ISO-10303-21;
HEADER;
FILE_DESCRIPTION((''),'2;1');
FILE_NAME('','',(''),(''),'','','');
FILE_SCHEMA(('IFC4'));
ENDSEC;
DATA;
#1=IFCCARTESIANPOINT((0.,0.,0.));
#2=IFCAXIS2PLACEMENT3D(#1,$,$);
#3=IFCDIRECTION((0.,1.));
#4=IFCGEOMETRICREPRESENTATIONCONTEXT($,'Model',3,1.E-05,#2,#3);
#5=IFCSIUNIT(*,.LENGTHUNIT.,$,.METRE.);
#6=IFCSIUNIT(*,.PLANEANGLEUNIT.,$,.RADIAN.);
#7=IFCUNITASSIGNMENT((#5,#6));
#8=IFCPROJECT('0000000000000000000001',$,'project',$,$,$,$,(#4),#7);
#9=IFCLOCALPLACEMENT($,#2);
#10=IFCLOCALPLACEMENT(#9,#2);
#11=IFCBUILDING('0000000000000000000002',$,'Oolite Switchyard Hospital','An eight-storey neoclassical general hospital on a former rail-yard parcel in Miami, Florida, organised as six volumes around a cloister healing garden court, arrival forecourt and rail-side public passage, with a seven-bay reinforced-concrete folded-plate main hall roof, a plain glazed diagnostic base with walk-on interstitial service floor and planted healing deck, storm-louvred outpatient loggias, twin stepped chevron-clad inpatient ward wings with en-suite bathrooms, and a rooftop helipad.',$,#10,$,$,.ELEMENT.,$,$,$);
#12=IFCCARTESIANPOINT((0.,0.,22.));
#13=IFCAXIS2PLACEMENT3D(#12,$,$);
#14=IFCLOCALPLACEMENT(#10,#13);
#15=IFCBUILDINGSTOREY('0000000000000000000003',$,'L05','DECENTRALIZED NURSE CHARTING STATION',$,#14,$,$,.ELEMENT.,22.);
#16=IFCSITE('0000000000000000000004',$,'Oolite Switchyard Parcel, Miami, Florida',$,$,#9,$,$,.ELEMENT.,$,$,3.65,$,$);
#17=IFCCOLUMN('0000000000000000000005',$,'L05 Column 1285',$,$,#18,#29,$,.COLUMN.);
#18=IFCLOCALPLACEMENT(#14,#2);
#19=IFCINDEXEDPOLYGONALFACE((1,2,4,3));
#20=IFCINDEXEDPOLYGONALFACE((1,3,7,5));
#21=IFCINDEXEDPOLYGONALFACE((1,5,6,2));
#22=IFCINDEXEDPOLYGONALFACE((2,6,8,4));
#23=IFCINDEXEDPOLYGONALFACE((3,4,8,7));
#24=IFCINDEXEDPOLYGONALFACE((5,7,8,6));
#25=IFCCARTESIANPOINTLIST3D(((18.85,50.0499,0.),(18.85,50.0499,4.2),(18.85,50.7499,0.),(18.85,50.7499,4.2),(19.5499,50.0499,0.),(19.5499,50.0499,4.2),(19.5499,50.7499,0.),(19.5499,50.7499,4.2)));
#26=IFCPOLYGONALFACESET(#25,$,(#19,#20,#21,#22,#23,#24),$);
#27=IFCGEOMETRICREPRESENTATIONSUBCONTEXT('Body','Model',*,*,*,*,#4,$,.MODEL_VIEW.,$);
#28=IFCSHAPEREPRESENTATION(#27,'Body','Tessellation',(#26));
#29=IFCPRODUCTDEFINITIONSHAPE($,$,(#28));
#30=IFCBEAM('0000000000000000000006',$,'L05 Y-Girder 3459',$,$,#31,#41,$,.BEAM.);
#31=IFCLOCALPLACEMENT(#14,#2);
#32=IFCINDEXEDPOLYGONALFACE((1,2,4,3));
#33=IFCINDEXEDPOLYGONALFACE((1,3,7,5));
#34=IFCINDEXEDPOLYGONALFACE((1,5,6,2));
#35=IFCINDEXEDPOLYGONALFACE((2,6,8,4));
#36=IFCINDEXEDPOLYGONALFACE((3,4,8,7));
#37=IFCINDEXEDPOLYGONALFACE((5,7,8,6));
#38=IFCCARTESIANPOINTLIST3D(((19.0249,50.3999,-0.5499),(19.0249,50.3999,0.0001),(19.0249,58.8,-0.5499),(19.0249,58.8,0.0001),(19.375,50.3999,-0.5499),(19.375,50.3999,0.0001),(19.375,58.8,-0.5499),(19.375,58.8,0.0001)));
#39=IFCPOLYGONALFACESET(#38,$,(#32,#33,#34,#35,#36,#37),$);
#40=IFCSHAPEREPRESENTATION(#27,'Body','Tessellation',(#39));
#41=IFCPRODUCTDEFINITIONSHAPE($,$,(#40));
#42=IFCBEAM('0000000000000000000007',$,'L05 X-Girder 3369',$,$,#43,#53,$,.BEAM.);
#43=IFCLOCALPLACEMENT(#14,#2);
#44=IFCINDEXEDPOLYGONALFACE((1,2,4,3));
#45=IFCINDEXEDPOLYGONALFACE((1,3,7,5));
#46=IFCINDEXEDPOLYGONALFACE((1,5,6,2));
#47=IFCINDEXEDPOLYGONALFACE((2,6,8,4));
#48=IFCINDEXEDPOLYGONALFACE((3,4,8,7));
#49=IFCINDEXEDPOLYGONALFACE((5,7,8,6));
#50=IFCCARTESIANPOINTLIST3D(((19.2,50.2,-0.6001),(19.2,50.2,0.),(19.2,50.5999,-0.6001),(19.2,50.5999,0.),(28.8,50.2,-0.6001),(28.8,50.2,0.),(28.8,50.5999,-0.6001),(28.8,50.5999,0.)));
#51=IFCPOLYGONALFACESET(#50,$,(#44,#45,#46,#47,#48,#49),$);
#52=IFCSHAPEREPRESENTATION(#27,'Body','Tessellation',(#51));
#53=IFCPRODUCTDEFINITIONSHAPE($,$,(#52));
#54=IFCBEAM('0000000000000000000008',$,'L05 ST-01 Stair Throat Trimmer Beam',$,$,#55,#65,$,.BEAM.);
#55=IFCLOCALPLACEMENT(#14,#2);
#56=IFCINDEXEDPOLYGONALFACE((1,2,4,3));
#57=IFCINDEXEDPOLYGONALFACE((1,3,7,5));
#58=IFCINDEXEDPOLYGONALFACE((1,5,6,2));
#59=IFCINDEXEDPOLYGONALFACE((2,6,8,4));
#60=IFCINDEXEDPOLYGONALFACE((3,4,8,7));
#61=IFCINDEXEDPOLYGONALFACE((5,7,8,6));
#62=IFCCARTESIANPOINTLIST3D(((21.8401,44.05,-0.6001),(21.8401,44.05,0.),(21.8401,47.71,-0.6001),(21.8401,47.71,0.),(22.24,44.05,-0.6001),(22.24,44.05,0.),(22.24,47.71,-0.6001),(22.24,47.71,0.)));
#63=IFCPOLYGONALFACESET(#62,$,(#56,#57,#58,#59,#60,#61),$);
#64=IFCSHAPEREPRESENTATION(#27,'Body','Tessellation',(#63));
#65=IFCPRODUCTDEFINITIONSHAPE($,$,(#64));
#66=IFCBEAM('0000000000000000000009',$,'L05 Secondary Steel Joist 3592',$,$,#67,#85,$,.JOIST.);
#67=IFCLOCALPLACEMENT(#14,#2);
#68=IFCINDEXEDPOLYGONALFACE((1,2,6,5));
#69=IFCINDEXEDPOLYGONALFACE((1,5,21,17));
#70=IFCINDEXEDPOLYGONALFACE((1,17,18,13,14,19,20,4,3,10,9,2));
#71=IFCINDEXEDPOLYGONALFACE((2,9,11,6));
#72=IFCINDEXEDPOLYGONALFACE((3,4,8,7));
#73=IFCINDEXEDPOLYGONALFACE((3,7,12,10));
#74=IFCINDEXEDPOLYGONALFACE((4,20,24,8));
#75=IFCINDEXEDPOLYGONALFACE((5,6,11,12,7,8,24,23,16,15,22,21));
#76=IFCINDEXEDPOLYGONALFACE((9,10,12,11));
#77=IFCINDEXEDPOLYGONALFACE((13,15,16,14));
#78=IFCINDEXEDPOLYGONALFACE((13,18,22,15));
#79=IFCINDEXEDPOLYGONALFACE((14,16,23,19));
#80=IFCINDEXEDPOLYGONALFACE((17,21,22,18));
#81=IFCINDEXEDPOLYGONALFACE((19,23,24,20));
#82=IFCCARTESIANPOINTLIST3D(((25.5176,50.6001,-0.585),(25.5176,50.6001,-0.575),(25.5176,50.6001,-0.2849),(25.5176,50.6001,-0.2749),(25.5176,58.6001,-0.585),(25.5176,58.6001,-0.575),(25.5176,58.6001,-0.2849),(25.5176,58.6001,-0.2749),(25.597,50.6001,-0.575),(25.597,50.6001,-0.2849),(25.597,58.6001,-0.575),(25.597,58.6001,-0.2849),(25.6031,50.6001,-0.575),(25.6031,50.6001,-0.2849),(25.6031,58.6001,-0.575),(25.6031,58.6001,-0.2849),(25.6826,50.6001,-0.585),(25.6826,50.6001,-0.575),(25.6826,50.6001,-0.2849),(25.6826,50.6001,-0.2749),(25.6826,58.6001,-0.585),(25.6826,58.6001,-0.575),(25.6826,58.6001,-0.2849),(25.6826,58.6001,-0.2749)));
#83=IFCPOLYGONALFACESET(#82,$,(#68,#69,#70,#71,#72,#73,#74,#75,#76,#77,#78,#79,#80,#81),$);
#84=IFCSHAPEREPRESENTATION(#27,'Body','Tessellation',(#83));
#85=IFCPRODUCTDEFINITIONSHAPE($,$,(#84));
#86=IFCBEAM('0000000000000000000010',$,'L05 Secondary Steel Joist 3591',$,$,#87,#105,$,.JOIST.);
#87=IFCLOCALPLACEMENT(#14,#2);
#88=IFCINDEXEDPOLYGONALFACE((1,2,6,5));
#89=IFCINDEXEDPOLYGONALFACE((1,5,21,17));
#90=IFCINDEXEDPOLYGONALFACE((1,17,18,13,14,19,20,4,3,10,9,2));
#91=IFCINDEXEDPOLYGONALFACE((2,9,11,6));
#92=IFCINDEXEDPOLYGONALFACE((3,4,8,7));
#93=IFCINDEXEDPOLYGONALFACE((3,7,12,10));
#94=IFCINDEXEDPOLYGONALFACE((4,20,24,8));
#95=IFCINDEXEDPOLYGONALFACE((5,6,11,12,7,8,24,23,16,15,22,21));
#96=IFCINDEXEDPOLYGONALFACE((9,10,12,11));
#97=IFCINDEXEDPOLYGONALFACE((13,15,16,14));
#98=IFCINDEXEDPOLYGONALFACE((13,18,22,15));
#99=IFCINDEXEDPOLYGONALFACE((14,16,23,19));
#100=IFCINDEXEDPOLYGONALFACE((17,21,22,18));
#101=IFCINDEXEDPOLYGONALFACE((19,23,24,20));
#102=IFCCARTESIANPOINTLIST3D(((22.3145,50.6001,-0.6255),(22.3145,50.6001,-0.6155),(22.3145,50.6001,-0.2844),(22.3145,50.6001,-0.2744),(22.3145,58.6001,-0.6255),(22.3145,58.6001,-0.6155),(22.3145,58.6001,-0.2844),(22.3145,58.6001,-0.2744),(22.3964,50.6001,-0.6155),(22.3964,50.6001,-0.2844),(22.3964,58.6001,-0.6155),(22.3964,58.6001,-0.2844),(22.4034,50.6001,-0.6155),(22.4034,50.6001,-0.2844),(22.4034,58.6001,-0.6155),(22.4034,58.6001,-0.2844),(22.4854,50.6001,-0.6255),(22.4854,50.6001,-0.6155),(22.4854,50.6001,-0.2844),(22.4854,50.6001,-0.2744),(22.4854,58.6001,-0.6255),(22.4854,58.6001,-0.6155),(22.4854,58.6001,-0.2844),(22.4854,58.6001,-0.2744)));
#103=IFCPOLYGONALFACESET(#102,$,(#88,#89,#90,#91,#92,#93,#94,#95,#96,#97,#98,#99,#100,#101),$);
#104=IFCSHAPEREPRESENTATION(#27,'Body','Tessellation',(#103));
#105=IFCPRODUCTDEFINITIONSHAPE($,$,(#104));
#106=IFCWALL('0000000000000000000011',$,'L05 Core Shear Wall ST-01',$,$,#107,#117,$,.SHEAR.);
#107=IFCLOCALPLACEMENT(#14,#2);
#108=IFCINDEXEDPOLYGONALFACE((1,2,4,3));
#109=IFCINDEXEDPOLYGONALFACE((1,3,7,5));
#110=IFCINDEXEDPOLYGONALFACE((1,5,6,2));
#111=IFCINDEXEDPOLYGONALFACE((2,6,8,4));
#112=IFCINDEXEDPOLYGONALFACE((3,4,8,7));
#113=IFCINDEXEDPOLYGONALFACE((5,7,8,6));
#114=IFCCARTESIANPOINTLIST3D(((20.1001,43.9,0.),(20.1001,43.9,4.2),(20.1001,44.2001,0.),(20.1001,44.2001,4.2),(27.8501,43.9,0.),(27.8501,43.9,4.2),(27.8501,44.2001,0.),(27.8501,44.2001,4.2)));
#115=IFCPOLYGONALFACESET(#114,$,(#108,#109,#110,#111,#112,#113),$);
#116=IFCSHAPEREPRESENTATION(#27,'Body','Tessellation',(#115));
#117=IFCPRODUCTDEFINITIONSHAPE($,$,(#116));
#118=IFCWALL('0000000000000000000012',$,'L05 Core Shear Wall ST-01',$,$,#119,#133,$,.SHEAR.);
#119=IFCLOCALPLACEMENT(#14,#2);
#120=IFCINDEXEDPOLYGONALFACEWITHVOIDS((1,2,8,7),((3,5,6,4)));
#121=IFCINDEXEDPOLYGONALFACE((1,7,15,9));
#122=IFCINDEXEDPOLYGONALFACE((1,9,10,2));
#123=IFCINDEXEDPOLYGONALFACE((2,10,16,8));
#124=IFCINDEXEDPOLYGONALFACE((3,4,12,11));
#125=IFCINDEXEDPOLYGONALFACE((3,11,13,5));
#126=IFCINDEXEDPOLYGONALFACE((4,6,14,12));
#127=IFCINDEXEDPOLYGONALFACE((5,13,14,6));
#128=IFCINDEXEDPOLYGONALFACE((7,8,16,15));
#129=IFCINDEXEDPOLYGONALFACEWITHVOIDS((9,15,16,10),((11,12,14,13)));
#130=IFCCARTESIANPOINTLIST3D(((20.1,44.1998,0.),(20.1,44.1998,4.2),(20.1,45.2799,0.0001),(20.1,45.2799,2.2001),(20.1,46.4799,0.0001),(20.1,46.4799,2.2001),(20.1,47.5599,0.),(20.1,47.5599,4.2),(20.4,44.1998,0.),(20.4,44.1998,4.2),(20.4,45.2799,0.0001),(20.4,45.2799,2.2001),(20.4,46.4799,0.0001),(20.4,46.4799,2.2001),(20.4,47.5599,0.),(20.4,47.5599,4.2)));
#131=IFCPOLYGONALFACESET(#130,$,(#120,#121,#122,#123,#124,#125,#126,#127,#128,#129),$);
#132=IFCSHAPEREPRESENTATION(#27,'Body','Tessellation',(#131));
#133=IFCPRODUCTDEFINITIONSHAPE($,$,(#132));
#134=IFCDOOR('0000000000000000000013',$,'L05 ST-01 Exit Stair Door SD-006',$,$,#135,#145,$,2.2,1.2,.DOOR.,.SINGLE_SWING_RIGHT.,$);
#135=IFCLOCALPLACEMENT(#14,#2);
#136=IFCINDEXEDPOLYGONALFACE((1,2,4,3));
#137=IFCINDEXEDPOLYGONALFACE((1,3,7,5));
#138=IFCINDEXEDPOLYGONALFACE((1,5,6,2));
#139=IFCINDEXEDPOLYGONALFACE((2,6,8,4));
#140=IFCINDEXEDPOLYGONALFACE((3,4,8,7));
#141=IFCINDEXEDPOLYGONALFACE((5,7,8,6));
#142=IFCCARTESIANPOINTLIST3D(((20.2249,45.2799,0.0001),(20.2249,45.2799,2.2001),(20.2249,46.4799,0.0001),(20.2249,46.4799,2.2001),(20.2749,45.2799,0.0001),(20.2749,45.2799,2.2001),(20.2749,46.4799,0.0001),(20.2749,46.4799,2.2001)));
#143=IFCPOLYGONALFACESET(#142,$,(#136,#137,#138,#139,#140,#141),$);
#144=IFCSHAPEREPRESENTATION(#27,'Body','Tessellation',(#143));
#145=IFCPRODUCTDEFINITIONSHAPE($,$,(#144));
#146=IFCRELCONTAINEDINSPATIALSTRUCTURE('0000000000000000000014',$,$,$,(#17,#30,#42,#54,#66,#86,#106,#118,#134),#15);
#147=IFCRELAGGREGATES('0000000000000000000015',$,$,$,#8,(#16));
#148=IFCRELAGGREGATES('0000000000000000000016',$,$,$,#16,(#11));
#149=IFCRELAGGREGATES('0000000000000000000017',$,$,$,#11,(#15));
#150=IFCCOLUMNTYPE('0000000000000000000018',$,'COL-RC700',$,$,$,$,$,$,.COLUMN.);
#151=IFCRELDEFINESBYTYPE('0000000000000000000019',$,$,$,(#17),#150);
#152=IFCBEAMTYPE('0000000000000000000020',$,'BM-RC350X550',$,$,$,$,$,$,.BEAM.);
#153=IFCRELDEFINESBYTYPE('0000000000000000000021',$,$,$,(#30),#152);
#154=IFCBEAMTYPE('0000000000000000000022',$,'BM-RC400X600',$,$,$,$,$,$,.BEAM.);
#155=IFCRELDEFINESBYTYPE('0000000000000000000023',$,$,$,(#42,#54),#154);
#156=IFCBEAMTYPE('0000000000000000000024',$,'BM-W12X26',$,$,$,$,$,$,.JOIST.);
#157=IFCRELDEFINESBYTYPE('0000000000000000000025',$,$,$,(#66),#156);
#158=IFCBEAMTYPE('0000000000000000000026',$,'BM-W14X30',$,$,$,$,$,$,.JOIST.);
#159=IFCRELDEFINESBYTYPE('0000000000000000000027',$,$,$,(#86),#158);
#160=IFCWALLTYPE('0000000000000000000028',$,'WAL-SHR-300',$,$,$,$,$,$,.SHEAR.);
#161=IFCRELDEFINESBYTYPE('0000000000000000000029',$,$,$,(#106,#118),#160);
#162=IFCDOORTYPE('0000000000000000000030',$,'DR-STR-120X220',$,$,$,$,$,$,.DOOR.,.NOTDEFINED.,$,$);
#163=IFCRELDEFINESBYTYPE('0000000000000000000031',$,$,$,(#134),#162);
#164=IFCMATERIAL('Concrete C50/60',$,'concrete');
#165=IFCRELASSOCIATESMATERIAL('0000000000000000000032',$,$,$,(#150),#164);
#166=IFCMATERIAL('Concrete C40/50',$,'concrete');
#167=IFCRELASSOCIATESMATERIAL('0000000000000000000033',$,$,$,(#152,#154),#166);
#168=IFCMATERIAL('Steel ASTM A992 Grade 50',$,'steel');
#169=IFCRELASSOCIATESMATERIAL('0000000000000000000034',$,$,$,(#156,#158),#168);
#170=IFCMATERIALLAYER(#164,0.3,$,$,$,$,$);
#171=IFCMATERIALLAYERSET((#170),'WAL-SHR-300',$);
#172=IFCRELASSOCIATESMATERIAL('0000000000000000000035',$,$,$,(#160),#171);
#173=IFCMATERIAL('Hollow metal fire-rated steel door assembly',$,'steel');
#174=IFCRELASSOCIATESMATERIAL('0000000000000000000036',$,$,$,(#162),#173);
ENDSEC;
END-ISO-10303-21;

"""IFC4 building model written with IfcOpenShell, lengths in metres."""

from ifc_helpers import new_model, si_unit, direction, frame, frame_2d, origin, origin_2d, place, context, subcontext, project, spatial, rectangle, i_section, extrude, material, layer, layer_set, material_profile, profile_set, type_object, element, fill, save


model = new_model("IFC4")

# Units and contexts
model_context = context("Model", 3, precision=1e-05, world=origin(), true_north=direction((0.0, 1.0)))
body_context = subcontext(model_context, "Body", "Model", "MODEL_VIEW")
ifc_project = project(units=[si_unit("LENGTHUNIT", "METRE"), si_unit("PLANEANGLEUNIT", "RADIAN")], contexts=[model_context])

# Site, building, storey
site_placement = place(None, origin())
site = spatial("IfcSite", under=ifc_project, at=site_placement, Name="Oolite Switchyard Parcel, Miami, Florida", CompositionType="ELEMENT", RefElevation=3.65)
building_placement = place(site_placement, origin())
building = spatial("IfcBuilding", under=site, at=building_placement, Name="Oolite Switchyard Hospital", Description="An eight-storey neoclassical general hospital on a former rail-yard parcel in Miami, Florida, organised as six volumes around a cloister healing garden court, arrival forecourt and rail-side public passage, with a seven-bay reinforced-concrete folded-plate main hall roof, a plain glazed diagnostic base with walk-on interstitial service floor and planted healing deck, storm-louvred outpatient loggias, twin stepped chevron-clad inpatient ward wings with en-suite bathrooms, and a rooftop helipad.", CompositionType="ELEMENT")
storey_placement = place(building_placement, frame((0.0, 0.0, 22.0)))
storey = spatial("IfcBuildingStorey", under=building, at=storey_placement, Name="L05", Description="DECENTRALIZED NURSE CHARTING STATION", CompositionType="ELEMENT", Elevation=22.0)

# Column
ifc_material_1 = material(Name="Concrete C50/60", Category="concrete")
ifc_material_profile_1 = material_profile(ifc_material_1, rectangle(XDim=0.7, YDim=0.7, at=origin_2d()), Name="RC700X700")
ifc_profile_set_1 = profile_set([ifc_material_profile_1], Name="Concrete C50/60")
column_type = type_object("IfcColumnType", Name="COL-RC700", PredefinedType="COLUMN", material=ifc_profile_set_1)
column_placement = place(storey_placement, frame((19.2, 50.3999, 0.0), z_axis=(0.0, 0.0, 1.0), x_axis=(1.0, 0.0, 0.0)))
element("IfcColumn", 1, at=column_placement, inside=storey, type_object=column_type, Name="L05 Column 1285", PredefinedType="COLUMN", context=body_context, shape_type="SweptSolid", body=[
    extrude(rectangle(XDim=0.7, YDim=0.7, at=origin_2d()), origin(), (0.0, 0.0, 1.0), 4.2),
])

# Beams
ifc_material_2 = material(Name="Concrete C40/50", Category="concrete")
ifc_material_profile_2 = material_profile(ifc_material_2, rectangle(XDim=0.3501, YDim=0.55, at=origin_2d()), Name="RCB350X550")
ifc_profile_set_2 = profile_set([ifc_material_profile_2], Name="Concrete C40/50")
beam_type_1 = type_object("IfcBeamType", Name="BM-RC350X550", PredefinedType="BEAM", material=ifc_profile_set_2)
beam_1_placement = place(storey_placement, frame((19.2, 50.3999, -0.2749), z_axis=(0.0, 1.0, 0.0), x_axis=(-1.0, 0.0, 0.0)))
element("IfcBeam", 2, at=beam_1_placement, inside=storey, type_object=beam_type_1, Name="L05 Y-Girder 3459", PredefinedType="BEAM", context=body_context, shape_type="SweptSolid", body=[
    extrude(rectangle(XDim=0.3501, YDim=0.55, at=origin_2d()), origin(), (0.0, 0.0, 1.0), 8.4001),
])
ifc_material_profile_3 = material_profile(ifc_material_2, rectangle(XDim=0.3999, YDim=0.6001, at=origin_2d()), Name="RCB400X600")
ifc_profile_set_3 = profile_set([ifc_material_profile_3], Name="Concrete C40/50")
beam_type_2 = type_object("IfcBeamType", Name="BM-RC400X600", PredefinedType="BEAM", material=ifc_profile_set_3)
beam_2_placement = place(storey_placement, frame((19.2, 50.3999, -0.3), z_axis=(1.0, 0.0, 0.0), x_axis=(0.0, 1.0, 0.0)))
element("IfcBeam", 3, at=beam_2_placement, inside=storey, type_object=beam_type_2, Name="L05 X-Girder 3369", PredefinedType="BEAM", context=body_context, shape_type="SweptSolid", body=[
    extrude(rectangle(XDim=0.3999, YDim=0.6001, at=origin_2d()), origin(), (0.0, 0.0, 1.0), 9.6001),
])
beam_3_placement = place(storey_placement, frame((22.04, 44.05, -0.3), z_axis=(0.0, 1.0, 0.0), x_axis=(-1.0, 0.0, 0.0)))
element("IfcBeam", 4, at=beam_3_placement, inside=storey, type_object=beam_type_2, Name="L05 ST-01 Stair Throat Trimmer Beam", PredefinedType="BEAM", context=body_context, shape_type="SweptSolid", body=[
    extrude(rectangle(XDim=0.3999, YDim=0.6001, at=origin_2d()), origin(), (0.0, 0.0, 1.0), 3.6599),
])
ifc_material_3 = material(Name="Steel ASTM A992 Grade 50", Category="steel")
ifc_material_profile_4 = material_profile(ifc_material_3, i_section(OverallWidth=0.165, OverallDepth=0.3101, WebThickness=0.0061, FlangeThickness=0.01, at=origin_2d()), Name="W12X26")
ifc_profile_set_4 = profile_set([ifc_material_profile_4], Name="Steel ASTM A992 Grade 50")
beam_type_3 = type_object("IfcBeamType", Name="BM-W12X26", PredefinedType="JOIST", material=ifc_profile_set_4)
beam_4_placement = place(storey_placement, frame((25.6001, 50.6001, -0.4299), z_axis=(0.0, 1.0, 0.0), x_axis=(-1.0, 0.0, 0.0)))
element("IfcBeam", 5, at=beam_4_placement, inside=storey, type_object=beam_type_3, Name="L05 Secondary Steel Joist 3592", PredefinedType="JOIST", context=body_context, shape_type="SweptSolid", body=[
    extrude(i_section(OverallWidth=0.165, OverallDepth=0.3101, WebThickness=0.0061, FlangeThickness=0.01, at=origin_2d()), origin(), (0.0, 0.0, 1.0), 8.0),
])
ifc_material_profile_5 = material_profile(ifc_material_3, i_section(OverallWidth=0.1709, OverallDepth=0.3511, WebThickness=0.0071, FlangeThickness=0.01, at=origin_2d()), Name="W14X30")
ifc_profile_set_5 = profile_set([ifc_material_profile_5], Name="Steel ASTM A992 Grade 50")
beam_type_4 = type_object("IfcBeamType", Name="BM-W14X30", PredefinedType="JOIST", material=ifc_profile_set_5)
beam_5_placement = place(storey_placement, frame((22.3999, 50.6001, -0.45), z_axis=(0.0, 1.0, 0.0), x_axis=(-1.0, 0.0, 0.0)))
element("IfcBeam", 6, at=beam_5_placement, inside=storey, type_object=beam_type_4, Name="L05 Secondary Steel Joist 3591", PredefinedType="JOIST", context=body_context, shape_type="SweptSolid", body=[
    extrude(i_section(OverallWidth=0.1709, OverallDepth=0.3511, WebThickness=0.0071, FlangeThickness=0.01, at=origin_2d()), origin(), (0.0, 0.0, 1.0), 8.0),
])

# Wall
ifc_layer = layer(ifc_material_1, 0.3)
ifc_layer_set = layer_set([ifc_layer], Name="WAL-SHR-300")
wall_type = type_object("IfcWallType", Name="WAL-SHR-300", PredefinedType="SHEAR", material=ifc_layer_set)
wall_1_placement = place(storey_placement, frame((20.1001, 44.05, 0.0), z_axis=(0.0, 0.0, 1.0), x_axis=(1.0, 0.0, 0.0)))
element("IfcWall", 7, at=wall_1_placement, inside=storey, type_object=wall_type, Name="L05 Core Shear Wall ST-01", PredefinedType="SHEAR", context=body_context, shape_type="SweptSolid", body=[
    extrude(rectangle(XDim=7.75, YDim=0.3, at=frame_2d((3.875, 0.0))), origin(), (0.0, 0.0, 1.0), 4.2),
])

# Wall, opening, door
wall_2_placement = place(storey_placement, frame((20.25, 47.5601, 0.0), z_axis=(0.0, 0.0, 1.0), x_axis=(0.0, -1.0, 0.0)))
wall_2 = element("IfcWall", 8, at=wall_2_placement, inside=storey, type_object=wall_type, Name="L05 Core Shear Wall ST-01", PredefinedType="SHEAR", context=body_context, shape_type="SweptSolid", body=[
    extrude(rectangle(XDim=3.3601, YDim=0.3, at=frame_2d((1.6802, 0.0))), origin(), (0.0, 0.0, 1.0), 4.2),
])
opening_placement = place(wall_2_placement, frame((1.0801, 0.0, 0.0)))
opening = element("IfcOpeningElement", 9, at=opening_placement, cuts=wall_2, PredefinedType="OPENING", context=body_context, shape_type="SweptSolid", body=[
    extrude(rectangle(XDim=1.2, YDim=2.2, at=frame_2d((0.6001, 1.1001))), frame((0.0, 0.1602, 0.0), z_axis=(0.0, -1.0, 0.0), x_axis=(1.0, 0.0, 0.0)), (0.0, 0.0, 1.0), 0.3201),
])
ifc_material_4 = material(Name="Hollow metal fire-rated steel door assembly", Category="steel")
door_type = type_object("IfcDoorType", Name="DR-STR-120X220", OperationType="NOTDEFINED", PredefinedType="DOOR", material=ifc_material_4)
door_placement = place(opening_placement, origin())
door = element("IfcDoor", 10, at=door_placement, inside=storey, type_object=door_type, Name="L05 ST-01 Exit Stair Door SD-006", OperationType="SINGLE_SWING_RIGHT", OverallHeight=2.2, OverallWidth=1.2, PredefinedType="DOOR", context=body_context, shape_type="SweptSolid", body=[
    extrude(rectangle(XDim=1.2, YDim=2.2, at=frame_2d((0.6001, 1.1001))), frame((0.0, 0.0249, 0.0), z_axis=(0.0, -1.0, 0.0), x_axis=(1.0, 0.0, 0.0)), (0.0, 0.0, 1.0), 0.05),
])
fill(opening, door)

save(model, "model.ifc")
